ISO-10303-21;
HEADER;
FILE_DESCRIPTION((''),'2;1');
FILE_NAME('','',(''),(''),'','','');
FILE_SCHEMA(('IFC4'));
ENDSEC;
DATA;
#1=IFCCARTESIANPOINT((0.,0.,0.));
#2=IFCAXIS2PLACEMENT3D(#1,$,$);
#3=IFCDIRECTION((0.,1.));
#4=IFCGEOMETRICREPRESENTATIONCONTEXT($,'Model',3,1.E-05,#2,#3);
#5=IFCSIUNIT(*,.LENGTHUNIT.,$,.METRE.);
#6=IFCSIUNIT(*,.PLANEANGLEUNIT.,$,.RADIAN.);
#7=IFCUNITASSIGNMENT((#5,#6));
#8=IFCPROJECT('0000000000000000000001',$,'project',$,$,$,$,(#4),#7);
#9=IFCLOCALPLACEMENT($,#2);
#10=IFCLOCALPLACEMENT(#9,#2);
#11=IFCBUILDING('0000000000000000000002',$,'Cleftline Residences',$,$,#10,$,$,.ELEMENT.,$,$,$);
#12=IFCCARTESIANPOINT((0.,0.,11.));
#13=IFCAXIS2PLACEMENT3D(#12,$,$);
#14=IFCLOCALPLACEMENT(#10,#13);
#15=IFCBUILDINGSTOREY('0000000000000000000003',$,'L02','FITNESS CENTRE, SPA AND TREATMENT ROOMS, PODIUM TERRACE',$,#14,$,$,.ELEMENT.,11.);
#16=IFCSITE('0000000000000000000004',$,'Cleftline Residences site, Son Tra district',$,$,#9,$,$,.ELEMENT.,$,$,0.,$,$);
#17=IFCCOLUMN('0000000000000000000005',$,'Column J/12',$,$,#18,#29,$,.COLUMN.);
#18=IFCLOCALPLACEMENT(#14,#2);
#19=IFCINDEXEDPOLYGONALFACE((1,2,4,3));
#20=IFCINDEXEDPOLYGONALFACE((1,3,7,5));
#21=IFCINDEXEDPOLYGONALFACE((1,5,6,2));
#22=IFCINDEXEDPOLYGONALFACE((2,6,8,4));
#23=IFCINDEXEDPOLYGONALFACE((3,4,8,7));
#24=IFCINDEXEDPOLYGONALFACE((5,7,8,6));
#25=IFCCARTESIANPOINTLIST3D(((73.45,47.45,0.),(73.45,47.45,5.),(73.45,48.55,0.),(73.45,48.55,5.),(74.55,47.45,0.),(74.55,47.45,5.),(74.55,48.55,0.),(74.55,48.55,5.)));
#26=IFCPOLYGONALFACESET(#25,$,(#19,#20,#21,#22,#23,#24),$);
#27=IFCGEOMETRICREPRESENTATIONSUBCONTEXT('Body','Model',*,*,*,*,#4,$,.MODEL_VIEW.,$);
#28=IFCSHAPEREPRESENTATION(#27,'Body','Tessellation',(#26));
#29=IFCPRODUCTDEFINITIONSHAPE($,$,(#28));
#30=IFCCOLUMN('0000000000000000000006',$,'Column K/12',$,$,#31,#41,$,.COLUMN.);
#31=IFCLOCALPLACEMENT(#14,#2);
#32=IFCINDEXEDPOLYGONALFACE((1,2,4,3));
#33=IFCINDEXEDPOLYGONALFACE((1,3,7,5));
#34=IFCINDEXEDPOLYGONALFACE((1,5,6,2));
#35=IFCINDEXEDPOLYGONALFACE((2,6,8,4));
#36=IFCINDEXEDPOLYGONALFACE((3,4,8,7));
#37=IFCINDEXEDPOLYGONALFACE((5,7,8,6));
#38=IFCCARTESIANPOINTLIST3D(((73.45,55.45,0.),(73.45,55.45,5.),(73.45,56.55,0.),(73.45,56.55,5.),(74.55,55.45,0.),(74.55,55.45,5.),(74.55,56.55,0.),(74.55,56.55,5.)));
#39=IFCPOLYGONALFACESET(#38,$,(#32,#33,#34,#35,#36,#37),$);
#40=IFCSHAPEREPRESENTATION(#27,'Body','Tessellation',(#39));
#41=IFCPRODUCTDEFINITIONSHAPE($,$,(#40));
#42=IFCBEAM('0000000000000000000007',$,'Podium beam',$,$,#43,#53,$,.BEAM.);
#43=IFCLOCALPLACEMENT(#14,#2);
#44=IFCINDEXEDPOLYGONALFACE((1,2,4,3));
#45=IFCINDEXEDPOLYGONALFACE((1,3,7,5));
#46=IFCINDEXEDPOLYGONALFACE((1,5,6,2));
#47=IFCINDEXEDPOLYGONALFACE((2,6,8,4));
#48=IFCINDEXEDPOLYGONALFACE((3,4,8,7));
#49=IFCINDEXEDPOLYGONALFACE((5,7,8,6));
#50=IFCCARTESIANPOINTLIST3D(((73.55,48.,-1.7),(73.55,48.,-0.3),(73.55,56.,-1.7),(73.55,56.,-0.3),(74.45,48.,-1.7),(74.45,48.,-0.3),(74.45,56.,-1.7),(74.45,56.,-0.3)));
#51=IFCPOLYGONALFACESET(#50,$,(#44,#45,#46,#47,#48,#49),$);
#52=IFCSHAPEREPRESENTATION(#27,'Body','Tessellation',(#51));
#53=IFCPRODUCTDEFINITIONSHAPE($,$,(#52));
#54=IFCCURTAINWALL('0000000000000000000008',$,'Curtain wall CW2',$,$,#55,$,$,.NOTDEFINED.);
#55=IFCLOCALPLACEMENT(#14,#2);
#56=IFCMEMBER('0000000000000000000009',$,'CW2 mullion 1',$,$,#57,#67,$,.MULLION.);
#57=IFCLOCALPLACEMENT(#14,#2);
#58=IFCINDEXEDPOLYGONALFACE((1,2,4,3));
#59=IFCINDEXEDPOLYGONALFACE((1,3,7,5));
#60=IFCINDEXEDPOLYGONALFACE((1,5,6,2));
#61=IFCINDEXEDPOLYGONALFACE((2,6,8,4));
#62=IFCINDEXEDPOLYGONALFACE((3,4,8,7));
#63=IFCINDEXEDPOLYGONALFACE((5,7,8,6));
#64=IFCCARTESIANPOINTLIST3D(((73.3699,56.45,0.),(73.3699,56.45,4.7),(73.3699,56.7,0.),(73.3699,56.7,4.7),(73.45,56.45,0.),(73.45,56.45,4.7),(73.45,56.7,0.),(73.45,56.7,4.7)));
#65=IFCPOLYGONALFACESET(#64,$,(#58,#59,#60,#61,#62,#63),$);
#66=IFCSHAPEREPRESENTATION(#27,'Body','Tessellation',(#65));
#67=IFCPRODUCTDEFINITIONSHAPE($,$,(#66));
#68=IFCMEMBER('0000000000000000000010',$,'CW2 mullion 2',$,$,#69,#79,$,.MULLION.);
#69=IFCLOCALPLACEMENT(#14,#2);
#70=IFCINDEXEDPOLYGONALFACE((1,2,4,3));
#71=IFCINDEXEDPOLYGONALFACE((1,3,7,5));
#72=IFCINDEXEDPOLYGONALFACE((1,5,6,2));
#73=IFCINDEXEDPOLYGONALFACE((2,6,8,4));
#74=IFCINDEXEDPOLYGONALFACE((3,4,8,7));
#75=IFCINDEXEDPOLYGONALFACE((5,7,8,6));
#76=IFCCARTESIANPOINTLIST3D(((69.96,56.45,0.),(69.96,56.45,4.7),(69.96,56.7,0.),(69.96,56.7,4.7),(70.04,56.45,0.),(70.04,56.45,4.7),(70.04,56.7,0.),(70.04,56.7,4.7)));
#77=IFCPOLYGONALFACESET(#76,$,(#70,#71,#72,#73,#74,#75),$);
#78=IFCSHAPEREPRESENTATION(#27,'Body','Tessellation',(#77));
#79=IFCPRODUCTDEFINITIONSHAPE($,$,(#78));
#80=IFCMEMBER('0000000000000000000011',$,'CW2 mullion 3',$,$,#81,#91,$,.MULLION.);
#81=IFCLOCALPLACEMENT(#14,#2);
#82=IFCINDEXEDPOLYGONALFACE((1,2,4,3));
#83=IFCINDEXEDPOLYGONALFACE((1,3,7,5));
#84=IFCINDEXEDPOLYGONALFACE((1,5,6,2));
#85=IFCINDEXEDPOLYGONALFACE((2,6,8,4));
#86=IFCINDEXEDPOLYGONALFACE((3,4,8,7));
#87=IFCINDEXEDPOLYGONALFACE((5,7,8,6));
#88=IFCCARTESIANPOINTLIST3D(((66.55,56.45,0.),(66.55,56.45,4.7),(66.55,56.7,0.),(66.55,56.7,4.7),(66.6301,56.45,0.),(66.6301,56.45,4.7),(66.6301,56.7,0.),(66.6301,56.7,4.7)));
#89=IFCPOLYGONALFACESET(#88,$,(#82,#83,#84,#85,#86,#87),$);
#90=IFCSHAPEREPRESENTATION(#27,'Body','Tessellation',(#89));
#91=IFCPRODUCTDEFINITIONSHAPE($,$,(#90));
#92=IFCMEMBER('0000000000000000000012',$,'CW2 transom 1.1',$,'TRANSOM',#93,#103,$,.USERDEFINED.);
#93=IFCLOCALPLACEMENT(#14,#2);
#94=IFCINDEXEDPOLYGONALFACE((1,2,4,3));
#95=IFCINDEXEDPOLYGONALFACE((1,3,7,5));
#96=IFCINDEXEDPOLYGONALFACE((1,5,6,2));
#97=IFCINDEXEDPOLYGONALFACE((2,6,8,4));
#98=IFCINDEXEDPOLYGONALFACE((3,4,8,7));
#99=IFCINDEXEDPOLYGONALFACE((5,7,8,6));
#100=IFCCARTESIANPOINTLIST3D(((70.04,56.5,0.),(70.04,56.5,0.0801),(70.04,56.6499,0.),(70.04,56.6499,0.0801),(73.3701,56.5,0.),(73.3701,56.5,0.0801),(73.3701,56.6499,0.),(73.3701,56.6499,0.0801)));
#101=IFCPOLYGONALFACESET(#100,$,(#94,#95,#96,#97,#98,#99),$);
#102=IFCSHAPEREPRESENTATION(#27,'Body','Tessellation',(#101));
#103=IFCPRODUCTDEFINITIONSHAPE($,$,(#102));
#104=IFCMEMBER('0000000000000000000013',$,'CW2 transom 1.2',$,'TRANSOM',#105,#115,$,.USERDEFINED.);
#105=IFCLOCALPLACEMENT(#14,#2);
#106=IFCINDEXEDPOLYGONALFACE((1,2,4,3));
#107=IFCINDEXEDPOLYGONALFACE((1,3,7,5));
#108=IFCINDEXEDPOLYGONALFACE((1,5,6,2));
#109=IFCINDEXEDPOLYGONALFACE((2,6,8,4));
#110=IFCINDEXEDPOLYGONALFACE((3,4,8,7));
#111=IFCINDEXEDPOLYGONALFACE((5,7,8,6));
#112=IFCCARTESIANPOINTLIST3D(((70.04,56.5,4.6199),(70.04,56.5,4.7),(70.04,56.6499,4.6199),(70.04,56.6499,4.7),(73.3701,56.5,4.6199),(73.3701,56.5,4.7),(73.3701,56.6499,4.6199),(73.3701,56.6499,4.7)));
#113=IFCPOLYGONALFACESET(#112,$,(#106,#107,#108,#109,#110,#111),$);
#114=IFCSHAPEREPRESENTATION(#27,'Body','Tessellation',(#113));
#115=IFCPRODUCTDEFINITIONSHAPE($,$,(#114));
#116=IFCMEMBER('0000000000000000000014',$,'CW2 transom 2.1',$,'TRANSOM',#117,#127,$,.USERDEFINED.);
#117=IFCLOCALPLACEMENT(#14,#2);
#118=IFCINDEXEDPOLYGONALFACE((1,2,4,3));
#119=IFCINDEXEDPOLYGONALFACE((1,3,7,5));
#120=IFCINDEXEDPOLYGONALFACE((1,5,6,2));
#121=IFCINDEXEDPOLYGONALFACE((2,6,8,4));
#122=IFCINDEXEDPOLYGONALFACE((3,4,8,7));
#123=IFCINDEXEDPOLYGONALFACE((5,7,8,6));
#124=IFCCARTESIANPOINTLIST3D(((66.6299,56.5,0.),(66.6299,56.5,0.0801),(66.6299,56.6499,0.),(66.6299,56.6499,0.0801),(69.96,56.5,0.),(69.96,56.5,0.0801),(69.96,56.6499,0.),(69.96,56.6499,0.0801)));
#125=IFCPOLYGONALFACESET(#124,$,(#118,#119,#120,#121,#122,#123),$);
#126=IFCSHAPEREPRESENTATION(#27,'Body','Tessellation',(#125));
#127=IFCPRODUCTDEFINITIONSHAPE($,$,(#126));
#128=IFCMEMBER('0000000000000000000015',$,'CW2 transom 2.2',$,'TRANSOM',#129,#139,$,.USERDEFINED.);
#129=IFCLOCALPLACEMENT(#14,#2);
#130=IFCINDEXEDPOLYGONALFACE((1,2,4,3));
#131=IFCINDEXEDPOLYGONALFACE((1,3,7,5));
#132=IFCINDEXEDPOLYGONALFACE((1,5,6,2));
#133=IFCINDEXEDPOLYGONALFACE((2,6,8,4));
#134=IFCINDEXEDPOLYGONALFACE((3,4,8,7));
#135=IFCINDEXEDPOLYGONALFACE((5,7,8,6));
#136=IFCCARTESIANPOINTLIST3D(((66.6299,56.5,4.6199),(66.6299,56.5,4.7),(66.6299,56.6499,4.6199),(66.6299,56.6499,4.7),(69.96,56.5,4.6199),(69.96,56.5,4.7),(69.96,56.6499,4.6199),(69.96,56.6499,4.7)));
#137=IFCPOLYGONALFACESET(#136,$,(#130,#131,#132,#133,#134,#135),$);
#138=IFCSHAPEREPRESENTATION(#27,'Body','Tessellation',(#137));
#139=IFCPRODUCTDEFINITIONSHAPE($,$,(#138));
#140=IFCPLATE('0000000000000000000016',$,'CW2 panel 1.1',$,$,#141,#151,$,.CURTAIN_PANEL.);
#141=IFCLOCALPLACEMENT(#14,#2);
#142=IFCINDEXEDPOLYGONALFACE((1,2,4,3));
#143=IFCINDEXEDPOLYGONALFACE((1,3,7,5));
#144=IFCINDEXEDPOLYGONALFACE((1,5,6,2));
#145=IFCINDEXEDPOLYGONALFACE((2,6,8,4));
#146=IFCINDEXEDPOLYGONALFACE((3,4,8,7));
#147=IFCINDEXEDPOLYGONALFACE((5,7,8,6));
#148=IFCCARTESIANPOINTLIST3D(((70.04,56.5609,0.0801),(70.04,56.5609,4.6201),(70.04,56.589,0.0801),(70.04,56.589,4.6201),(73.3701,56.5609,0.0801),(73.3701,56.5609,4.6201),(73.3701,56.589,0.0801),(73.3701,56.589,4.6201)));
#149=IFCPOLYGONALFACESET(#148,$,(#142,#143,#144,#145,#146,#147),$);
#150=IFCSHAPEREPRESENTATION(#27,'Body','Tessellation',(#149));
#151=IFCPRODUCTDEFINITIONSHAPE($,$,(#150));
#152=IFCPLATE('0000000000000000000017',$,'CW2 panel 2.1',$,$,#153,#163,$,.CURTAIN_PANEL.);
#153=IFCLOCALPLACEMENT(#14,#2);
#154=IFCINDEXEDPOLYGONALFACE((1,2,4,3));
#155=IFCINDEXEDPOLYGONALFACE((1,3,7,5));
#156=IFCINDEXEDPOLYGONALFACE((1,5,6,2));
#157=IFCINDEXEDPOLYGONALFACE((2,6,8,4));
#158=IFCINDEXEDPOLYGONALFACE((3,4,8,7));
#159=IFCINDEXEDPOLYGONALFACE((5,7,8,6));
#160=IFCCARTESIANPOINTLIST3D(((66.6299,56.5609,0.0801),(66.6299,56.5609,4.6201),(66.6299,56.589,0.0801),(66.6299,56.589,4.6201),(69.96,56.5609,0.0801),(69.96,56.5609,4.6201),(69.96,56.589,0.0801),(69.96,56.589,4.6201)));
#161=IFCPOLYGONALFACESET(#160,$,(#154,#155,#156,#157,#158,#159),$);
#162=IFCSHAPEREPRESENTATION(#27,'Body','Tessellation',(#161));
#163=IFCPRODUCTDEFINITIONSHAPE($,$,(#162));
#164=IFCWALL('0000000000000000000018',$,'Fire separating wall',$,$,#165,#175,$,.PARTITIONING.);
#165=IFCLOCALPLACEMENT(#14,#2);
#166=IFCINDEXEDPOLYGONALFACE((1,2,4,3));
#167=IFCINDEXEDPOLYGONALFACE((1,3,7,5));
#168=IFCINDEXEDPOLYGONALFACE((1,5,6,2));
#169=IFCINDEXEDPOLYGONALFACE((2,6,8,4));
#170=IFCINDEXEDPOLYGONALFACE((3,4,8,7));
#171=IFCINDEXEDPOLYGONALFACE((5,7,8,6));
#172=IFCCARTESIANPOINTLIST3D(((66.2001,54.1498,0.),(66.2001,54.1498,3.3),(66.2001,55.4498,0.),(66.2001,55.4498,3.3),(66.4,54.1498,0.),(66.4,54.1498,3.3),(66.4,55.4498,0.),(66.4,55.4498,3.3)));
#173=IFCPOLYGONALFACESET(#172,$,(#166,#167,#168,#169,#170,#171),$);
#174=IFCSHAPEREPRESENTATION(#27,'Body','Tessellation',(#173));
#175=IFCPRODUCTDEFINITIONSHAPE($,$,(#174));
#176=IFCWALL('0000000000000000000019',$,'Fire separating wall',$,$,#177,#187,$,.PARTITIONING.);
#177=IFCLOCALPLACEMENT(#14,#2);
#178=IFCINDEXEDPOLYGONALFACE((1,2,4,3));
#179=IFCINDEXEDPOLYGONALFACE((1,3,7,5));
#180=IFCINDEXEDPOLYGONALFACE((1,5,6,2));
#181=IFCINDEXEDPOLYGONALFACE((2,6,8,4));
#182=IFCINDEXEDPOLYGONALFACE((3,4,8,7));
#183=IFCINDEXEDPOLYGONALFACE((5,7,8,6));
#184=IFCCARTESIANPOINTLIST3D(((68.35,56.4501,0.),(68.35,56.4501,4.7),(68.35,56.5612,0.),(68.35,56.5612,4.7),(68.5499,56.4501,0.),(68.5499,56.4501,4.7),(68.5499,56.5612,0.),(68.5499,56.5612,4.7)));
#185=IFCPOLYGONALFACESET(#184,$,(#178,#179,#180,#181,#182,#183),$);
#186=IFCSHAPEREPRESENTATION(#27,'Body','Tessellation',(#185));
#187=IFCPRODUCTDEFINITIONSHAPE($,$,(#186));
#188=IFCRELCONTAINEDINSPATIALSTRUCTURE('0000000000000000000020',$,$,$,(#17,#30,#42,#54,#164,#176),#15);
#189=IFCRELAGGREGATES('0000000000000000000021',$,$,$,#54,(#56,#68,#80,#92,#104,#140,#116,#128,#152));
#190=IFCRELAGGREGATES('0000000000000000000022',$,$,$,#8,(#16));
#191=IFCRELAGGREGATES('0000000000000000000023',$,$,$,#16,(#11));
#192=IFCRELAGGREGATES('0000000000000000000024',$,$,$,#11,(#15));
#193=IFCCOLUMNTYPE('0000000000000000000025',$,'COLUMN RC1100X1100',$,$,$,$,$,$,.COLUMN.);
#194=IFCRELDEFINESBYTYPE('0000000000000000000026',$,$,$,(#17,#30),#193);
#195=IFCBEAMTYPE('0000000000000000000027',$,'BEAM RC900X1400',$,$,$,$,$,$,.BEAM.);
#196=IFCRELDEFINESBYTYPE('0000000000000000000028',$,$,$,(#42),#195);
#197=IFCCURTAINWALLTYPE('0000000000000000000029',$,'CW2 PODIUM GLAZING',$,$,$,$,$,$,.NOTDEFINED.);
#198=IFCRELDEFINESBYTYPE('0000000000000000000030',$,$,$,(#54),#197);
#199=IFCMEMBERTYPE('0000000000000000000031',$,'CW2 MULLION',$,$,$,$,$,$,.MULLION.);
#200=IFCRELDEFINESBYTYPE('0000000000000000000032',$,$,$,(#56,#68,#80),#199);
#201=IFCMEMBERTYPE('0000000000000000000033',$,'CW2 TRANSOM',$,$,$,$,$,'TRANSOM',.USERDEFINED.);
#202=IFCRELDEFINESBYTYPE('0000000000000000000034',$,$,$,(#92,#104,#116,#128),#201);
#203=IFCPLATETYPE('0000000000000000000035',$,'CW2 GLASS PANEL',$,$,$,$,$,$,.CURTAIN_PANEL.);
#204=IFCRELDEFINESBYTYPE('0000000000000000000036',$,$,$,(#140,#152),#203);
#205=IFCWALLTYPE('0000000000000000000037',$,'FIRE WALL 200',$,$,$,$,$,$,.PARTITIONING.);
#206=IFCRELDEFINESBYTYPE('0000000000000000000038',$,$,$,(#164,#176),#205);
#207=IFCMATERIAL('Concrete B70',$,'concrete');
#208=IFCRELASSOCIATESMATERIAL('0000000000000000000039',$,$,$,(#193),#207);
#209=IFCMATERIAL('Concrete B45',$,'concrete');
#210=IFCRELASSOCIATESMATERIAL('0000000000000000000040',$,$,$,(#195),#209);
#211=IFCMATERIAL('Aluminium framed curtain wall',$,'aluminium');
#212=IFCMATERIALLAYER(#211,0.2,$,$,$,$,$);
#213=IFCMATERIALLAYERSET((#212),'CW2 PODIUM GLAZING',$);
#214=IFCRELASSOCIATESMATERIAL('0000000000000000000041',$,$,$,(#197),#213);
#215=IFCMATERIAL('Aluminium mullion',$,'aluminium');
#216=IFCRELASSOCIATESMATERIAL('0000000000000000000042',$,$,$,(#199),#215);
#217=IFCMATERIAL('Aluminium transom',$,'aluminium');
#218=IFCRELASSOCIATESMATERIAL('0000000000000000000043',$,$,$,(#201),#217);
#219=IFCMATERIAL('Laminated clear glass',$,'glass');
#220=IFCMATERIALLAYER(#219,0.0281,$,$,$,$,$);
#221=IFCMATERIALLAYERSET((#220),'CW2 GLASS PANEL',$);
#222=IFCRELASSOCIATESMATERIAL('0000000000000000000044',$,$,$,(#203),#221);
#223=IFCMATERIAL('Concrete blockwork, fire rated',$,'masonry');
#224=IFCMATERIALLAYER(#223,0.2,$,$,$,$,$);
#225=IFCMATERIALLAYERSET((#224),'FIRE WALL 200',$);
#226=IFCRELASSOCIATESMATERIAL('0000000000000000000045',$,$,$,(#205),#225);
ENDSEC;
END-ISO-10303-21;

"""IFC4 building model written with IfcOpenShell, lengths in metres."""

from ifc_helpers import new_model, si_unit, direction, frame, frame_2d, origin, origin_2d, place, context, subcontext, project, spatial, rectangle, extrude, material, layer, layer_set, material_profile, profile_set, type_object, element, aggregate, save


model = new_model("IFC4")

# Units and contexts
model_context = context("Model", 3, precision=1e-05, world=origin(), true_north=direction((0.0, 1.0)))
body_context = subcontext(model_context, "Body", "Model", "MODEL_VIEW")
ifc_project = project(units=[si_unit("LENGTHUNIT", "METRE"), si_unit("PLANEANGLEUNIT", "RADIAN")], contexts=[model_context])

# Site, building, storey
site_placement = place(None, origin())
site = spatial("IfcSite", under=ifc_project, at=site_placement, Name="Cleftline Residences site, Son Tra district", CompositionType="ELEMENT", RefElevation=0.0)
building_placement = place(site_placement, origin())
building = spatial("IfcBuilding", under=site, at=building_placement, Name="Cleftline Residences", CompositionType="ELEMENT")
storey_placement = place(building_placement, frame((0.0, 0.0, 11.0)))
storey = spatial("IfcBuildingStorey", under=building, at=storey_placement, Name="L02", Description="FITNESS CENTRE, SPA AND TREATMENT ROOMS, PODIUM TERRACE", CompositionType="ELEMENT", Elevation=11.0)

# Columns
ifc_material_1 = material(Name="Concrete B70", Category="concrete")
ifc_material_profile_1 = material_profile(ifc_material_1, rectangle(XDim=1.1001, YDim=1.1001, at=origin_2d()))
ifc_profile_set_1 = profile_set([ifc_material_profile_1], Name="Concrete B70")
column_type = type_object("IfcColumnType", Name="COLUMN RC1100X1100", PredefinedType="COLUMN", material=ifc_profile_set_1)
for number, where, z_axis, x_axis, name in (
    (1, (74.0, 48.0, 0.0), (0.0, 0.0, 1.0), (1.0, 0.0, 0.0), "Column J/12"),
    (2, (74.0, 56.0, 0.0), (0.0, 0.0, 1.0), (1.0, 0.0, 0.0), "Column K/12"),
):
    element("IfcColumn", number, at=place(storey_placement, frame(where, z_axis=z_axis, x_axis=x_axis)), inside=storey, type_object=column_type, Name=name, PredefinedType="COLUMN", context=body_context, shape_type="SweptSolid", body=[
        extrude(rectangle(XDim=1.1001, YDim=1.1001, at=origin_2d()), origin(), (0.0, 0.0, 1.0), 5.0),
    ])

# Beam
ifc_material_2 = material(Name="Concrete B45", Category="concrete")
ifc_material_profile_2 = material_profile(ifc_material_2, rectangle(XDim=0.8999, YDim=1.3999, at=origin_2d()))
ifc_profile_set_2 = profile_set([ifc_material_profile_2], Name="Concrete B45")
beam_type = type_object("IfcBeamType", Name="BEAM RC900X1400", PredefinedType="BEAM", material=ifc_profile_set_2)
beam_placement = place(storey_placement, frame((74.0, 48.0, -1.0), z_axis=(0.0, 1.0, 0.0), x_axis=(-1.0, 0.0, 0.0)))
element("IfcBeam", 3, at=beam_placement, inside=storey, type_object=beam_type, Name="Podium beam", PredefinedType="BEAM", context=body_context, shape_type="SweptSolid", body=[
    extrude(rectangle(XDim=0.8999, YDim=1.3999, at=origin_2d()), origin(), (0.0, 0.0, 1.0), 8.0),
])

# Curtain wall, members, plates
ifc_material_3 = material(Name="Aluminium framed curtain wall", Category="aluminium")
ifc_layer_1 = layer(ifc_material_3, 0.2)
ifc_layer_set_1 = layer_set([ifc_layer_1], Name="CW2 PODIUM GLAZING")
curtain_wall_type = type_object("IfcCurtainWallType", Name="CW2 PODIUM GLAZING", PredefinedType="NOTDEFINED", material=ifc_layer_set_1)
curtain_wall_placement = place(storey_placement, origin())
curtain_wall = element("IfcCurtainWall", 4, at=curtain_wall_placement, inside=storey, type_object=curtain_wall_type, Name="Curtain wall CW2", PredefinedType="NOTDEFINED")
ifc_material_4 = material(Name="Aluminium mullion", Category="aluminium")
ifc_material_profile_3 = material_profile(ifc_material_4, rectangle(XDim=0.25, YDim=0.0801, at=origin_2d()))
ifc_profile_set_3 = profile_set([ifc_material_profile_3], Name="Aluminium mullion")
member_type_1 = type_object("IfcMemberType", Name="CW2 MULLION", PredefinedType="MULLION", material=ifc_profile_set_3)
member_1_placement = place(storey_placement, frame((73.4099, 56.575, 0.0), z_axis=(0.0, 0.0, 1.0), x_axis=(0.0, -1.0, 0.0)))
member_1 = element("IfcMember", 5, at=member_1_placement, type_object=member_type_1, Name="CW2 mullion 1", PredefinedType="MULLION", context=body_context, shape_type="SweptSolid", body=[
    extrude(rectangle(XDim=0.25, YDim=0.0801, at=origin_2d()), origin(), (0.0, 0.0, 1.0), 4.7),
])
member_2_placement = place(storey_placement, frame((70.0, 56.575, 0.0), z_axis=(0.0, 0.0, 1.0), x_axis=(0.0, -1.0, 0.0)))
member_2 = element("IfcMember", 6, at=member_2_placement, type_object=member_type_1, Name="CW2 mullion 2", PredefinedType="MULLION", context=body_context, shape_type="SweptSolid", body=[
    extrude(rectangle(XDim=0.25, YDim=0.0801, at=origin_2d()), origin(), (0.0, 0.0, 1.0), 4.7),
])
member_3_placement = place(storey_placement, frame((66.5901, 56.575, 0.0), z_axis=(0.0, 0.0, 1.0), x_axis=(0.0, -1.0, 0.0)))
member_3 = element("IfcMember", 7, at=member_3_placement, type_object=member_type_1, Name="CW2 mullion 3", PredefinedType="MULLION", context=body_context, shape_type="SweptSolid", body=[
    extrude(rectangle(XDim=0.25, YDim=0.0801, at=origin_2d()), origin(), (0.0, 0.0, 1.0), 4.7),
])
ifc_material_5 = material(Name="Aluminium transom", Category="aluminium")
ifc_material_profile_4 = material_profile(ifc_material_5, rectangle(XDim=0.1499, YDim=0.0801, at=origin_2d()))
ifc_profile_set_4 = profile_set([ifc_material_profile_4], Name="Aluminium transom")
member_type_2 = type_object("IfcMemberType", Name="CW2 TRANSOM", ElementType="TRANSOM", PredefinedType="USERDEFINED", material=ifc_profile_set_4)
member_4_placement = place(storey_placement, frame((73.3701, 56.575, 0.04), z_axis=(-1.0, 0.0, 0.0), x_axis=(0.0, -1.0, 0.0)))
member_4 = element("IfcMember", 8, at=member_4_placement, type_object=member_type_2, Name="CW2 transom 1.1", ObjectType="TRANSOM", PredefinedType="USERDEFINED", context=body_context, shape_type="SweptSolid", body=[
    extrude(rectangle(XDim=0.1499, YDim=0.0801, at=origin_2d()), origin(), (0.0, 0.0, 1.0), 3.3301),
])
member_5_placement = place(storey_placement, frame((73.3701, 56.575, 4.6599), z_axis=(-1.0, 0.0, 0.0), x_axis=(0.0, -1.0, 0.0)))
member_5 = element("IfcMember", 9, at=member_5_placement, type_object=member_type_2, Name="CW2 transom 1.2", ObjectType="TRANSOM", PredefinedType="USERDEFINED", context=body_context, shape_type="SweptSolid", body=[
    extrude(rectangle(XDim=0.1499, YDim=0.0801, at=origin_2d()), origin(), (0.0, 0.0, 1.0), 3.3301),
])
member_6_placement = place(storey_placement, frame((69.96, 56.575, 0.04), z_axis=(-1.0, 0.0, 0.0), x_axis=(0.0, -1.0, 0.0)))
member_6 = element("IfcMember", 10, at=member_6_placement, type_object=member_type_2, Name="CW2 transom 2.1", ObjectType="TRANSOM", PredefinedType="USERDEFINED", context=body_context, shape_type="SweptSolid", body=[
    extrude(rectangle(XDim=0.1499, YDim=0.0801, at=origin_2d()), origin(), (0.0, 0.0, 1.0), 3.3301),
])
member_7_placement = place(storey_placement, frame((69.96, 56.575, 4.6599), z_axis=(-1.0, 0.0, 0.0), x_axis=(0.0, -1.0, 0.0)))
member_7 = element("IfcMember", 11, at=member_7_placement, type_object=member_type_2, Name="CW2 transom 2.2", ObjectType="TRANSOM", PredefinedType="USERDEFINED", context=body_context, shape_type="SweptSolid", body=[
    extrude(rectangle(XDim=0.1499, YDim=0.0801, at=origin_2d()), origin(), (0.0, 0.0, 1.0), 3.3301),
])
ifc_material_6 = material(Name="Laminated clear glass", Category="glass")
ifc_layer_2 = layer(ifc_material_6, 0.0281)
ifc_layer_set_2 = layer_set([ifc_layer_2], Name="CW2 GLASS PANEL")
plate_type = type_object("IfcPlateType", Name="CW2 GLASS PANEL", PredefinedType="CURTAIN_PANEL", material=ifc_layer_set_2)
plate_1_placement = place(storey_placement, frame((71.7051, 56.575, 0.0801), z_axis=(0.0, 0.0, 1.0), x_axis=(-1.0, 0.0, 0.0)))
plate_1 = element("IfcPlate", 12, at=plate_1_placement, type_object=plate_type, Name="CW2 panel 1.1", PredefinedType="CURTAIN_PANEL", context=body_context, shape_type="SweptSolid", body=[
    extrude(rectangle(XDim=3.3301, YDim=0.0281, at=origin_2d()), origin(), (0.0, 0.0, 1.0), 4.54),
])
plate_2_placement = place(storey_placement, frame((68.2949, 56.575, 0.0801), z_axis=(0.0, 0.0, 1.0), x_axis=(-1.0, 0.0, 0.0)))
plate_2 = element("IfcPlate", 13, at=plate_2_placement, type_object=plate_type, Name="CW2 panel 2.1", PredefinedType="CURTAIN_PANEL", context=body_context, shape_type="SweptSolid", body=[
    extrude(rectangle(XDim=3.3301, YDim=0.0281, at=origin_2d()), origin(), (0.0, 0.0, 1.0), 4.54),
])
aggregate(curtain_wall, [member_1, member_2, member_3, member_4, member_5, plate_1, member_6, member_7, plate_2])

# Walls
ifc_material_7 = material(Name="Concrete blockwork, fire rated", Category="masonry")
ifc_layer_3 = layer(ifc_material_7, 0.2)
ifc_layer_set_3 = layer_set([ifc_layer_3], Name="FIRE WALL 200")
wall_type_1 = type_object("IfcWallType", Name="FIRE WALL 200", PredefinedType="PARTITIONING", material=ifc_layer_set_3)
wall_1_placement = place(storey_placement, frame((66.3, 54.1499, 0.0), z_axis=(0.0, 0.0, 1.0), x_axis=(0.0, 1.0, 0.0)))
element("IfcWall", 14, at=wall_1_placement, inside=storey, type_object=wall_type_1, Name="Fire separating wall", PredefinedType="PARTITIONING", context=body_context, shape_type="SweptSolid", body=[
    extrude(rectangle(XDim=1.3, YDim=0.2, at=frame_2d((0.6499, 0.0))), origin(), (0.0, 0.0, 1.0), 3.3),
])
for number, where, z_axis, x_axis, name in (
    (15, (68.45, 56.45, 0.0), (0.0, 0.0, 1.0), (0.0, 1.0, 0.0), "Fire separating wall"),
):
    element("IfcWall", number, at=place(storey_placement, frame(where, z_axis=z_axis, x_axis=x_axis)), inside=storey, type_object=wall_type_1, Name=name, PredefinedType="PARTITIONING", context=body_context, shape_type="SweptSolid", body=[
        extrude(rectangle(XDim=0.1111, YDim=0.2, at=frame_2d((0.0557, 0.0))), origin(), (0.0, 0.0, 1.0), 4.7),
    ])

save(model, "model.ifc")
